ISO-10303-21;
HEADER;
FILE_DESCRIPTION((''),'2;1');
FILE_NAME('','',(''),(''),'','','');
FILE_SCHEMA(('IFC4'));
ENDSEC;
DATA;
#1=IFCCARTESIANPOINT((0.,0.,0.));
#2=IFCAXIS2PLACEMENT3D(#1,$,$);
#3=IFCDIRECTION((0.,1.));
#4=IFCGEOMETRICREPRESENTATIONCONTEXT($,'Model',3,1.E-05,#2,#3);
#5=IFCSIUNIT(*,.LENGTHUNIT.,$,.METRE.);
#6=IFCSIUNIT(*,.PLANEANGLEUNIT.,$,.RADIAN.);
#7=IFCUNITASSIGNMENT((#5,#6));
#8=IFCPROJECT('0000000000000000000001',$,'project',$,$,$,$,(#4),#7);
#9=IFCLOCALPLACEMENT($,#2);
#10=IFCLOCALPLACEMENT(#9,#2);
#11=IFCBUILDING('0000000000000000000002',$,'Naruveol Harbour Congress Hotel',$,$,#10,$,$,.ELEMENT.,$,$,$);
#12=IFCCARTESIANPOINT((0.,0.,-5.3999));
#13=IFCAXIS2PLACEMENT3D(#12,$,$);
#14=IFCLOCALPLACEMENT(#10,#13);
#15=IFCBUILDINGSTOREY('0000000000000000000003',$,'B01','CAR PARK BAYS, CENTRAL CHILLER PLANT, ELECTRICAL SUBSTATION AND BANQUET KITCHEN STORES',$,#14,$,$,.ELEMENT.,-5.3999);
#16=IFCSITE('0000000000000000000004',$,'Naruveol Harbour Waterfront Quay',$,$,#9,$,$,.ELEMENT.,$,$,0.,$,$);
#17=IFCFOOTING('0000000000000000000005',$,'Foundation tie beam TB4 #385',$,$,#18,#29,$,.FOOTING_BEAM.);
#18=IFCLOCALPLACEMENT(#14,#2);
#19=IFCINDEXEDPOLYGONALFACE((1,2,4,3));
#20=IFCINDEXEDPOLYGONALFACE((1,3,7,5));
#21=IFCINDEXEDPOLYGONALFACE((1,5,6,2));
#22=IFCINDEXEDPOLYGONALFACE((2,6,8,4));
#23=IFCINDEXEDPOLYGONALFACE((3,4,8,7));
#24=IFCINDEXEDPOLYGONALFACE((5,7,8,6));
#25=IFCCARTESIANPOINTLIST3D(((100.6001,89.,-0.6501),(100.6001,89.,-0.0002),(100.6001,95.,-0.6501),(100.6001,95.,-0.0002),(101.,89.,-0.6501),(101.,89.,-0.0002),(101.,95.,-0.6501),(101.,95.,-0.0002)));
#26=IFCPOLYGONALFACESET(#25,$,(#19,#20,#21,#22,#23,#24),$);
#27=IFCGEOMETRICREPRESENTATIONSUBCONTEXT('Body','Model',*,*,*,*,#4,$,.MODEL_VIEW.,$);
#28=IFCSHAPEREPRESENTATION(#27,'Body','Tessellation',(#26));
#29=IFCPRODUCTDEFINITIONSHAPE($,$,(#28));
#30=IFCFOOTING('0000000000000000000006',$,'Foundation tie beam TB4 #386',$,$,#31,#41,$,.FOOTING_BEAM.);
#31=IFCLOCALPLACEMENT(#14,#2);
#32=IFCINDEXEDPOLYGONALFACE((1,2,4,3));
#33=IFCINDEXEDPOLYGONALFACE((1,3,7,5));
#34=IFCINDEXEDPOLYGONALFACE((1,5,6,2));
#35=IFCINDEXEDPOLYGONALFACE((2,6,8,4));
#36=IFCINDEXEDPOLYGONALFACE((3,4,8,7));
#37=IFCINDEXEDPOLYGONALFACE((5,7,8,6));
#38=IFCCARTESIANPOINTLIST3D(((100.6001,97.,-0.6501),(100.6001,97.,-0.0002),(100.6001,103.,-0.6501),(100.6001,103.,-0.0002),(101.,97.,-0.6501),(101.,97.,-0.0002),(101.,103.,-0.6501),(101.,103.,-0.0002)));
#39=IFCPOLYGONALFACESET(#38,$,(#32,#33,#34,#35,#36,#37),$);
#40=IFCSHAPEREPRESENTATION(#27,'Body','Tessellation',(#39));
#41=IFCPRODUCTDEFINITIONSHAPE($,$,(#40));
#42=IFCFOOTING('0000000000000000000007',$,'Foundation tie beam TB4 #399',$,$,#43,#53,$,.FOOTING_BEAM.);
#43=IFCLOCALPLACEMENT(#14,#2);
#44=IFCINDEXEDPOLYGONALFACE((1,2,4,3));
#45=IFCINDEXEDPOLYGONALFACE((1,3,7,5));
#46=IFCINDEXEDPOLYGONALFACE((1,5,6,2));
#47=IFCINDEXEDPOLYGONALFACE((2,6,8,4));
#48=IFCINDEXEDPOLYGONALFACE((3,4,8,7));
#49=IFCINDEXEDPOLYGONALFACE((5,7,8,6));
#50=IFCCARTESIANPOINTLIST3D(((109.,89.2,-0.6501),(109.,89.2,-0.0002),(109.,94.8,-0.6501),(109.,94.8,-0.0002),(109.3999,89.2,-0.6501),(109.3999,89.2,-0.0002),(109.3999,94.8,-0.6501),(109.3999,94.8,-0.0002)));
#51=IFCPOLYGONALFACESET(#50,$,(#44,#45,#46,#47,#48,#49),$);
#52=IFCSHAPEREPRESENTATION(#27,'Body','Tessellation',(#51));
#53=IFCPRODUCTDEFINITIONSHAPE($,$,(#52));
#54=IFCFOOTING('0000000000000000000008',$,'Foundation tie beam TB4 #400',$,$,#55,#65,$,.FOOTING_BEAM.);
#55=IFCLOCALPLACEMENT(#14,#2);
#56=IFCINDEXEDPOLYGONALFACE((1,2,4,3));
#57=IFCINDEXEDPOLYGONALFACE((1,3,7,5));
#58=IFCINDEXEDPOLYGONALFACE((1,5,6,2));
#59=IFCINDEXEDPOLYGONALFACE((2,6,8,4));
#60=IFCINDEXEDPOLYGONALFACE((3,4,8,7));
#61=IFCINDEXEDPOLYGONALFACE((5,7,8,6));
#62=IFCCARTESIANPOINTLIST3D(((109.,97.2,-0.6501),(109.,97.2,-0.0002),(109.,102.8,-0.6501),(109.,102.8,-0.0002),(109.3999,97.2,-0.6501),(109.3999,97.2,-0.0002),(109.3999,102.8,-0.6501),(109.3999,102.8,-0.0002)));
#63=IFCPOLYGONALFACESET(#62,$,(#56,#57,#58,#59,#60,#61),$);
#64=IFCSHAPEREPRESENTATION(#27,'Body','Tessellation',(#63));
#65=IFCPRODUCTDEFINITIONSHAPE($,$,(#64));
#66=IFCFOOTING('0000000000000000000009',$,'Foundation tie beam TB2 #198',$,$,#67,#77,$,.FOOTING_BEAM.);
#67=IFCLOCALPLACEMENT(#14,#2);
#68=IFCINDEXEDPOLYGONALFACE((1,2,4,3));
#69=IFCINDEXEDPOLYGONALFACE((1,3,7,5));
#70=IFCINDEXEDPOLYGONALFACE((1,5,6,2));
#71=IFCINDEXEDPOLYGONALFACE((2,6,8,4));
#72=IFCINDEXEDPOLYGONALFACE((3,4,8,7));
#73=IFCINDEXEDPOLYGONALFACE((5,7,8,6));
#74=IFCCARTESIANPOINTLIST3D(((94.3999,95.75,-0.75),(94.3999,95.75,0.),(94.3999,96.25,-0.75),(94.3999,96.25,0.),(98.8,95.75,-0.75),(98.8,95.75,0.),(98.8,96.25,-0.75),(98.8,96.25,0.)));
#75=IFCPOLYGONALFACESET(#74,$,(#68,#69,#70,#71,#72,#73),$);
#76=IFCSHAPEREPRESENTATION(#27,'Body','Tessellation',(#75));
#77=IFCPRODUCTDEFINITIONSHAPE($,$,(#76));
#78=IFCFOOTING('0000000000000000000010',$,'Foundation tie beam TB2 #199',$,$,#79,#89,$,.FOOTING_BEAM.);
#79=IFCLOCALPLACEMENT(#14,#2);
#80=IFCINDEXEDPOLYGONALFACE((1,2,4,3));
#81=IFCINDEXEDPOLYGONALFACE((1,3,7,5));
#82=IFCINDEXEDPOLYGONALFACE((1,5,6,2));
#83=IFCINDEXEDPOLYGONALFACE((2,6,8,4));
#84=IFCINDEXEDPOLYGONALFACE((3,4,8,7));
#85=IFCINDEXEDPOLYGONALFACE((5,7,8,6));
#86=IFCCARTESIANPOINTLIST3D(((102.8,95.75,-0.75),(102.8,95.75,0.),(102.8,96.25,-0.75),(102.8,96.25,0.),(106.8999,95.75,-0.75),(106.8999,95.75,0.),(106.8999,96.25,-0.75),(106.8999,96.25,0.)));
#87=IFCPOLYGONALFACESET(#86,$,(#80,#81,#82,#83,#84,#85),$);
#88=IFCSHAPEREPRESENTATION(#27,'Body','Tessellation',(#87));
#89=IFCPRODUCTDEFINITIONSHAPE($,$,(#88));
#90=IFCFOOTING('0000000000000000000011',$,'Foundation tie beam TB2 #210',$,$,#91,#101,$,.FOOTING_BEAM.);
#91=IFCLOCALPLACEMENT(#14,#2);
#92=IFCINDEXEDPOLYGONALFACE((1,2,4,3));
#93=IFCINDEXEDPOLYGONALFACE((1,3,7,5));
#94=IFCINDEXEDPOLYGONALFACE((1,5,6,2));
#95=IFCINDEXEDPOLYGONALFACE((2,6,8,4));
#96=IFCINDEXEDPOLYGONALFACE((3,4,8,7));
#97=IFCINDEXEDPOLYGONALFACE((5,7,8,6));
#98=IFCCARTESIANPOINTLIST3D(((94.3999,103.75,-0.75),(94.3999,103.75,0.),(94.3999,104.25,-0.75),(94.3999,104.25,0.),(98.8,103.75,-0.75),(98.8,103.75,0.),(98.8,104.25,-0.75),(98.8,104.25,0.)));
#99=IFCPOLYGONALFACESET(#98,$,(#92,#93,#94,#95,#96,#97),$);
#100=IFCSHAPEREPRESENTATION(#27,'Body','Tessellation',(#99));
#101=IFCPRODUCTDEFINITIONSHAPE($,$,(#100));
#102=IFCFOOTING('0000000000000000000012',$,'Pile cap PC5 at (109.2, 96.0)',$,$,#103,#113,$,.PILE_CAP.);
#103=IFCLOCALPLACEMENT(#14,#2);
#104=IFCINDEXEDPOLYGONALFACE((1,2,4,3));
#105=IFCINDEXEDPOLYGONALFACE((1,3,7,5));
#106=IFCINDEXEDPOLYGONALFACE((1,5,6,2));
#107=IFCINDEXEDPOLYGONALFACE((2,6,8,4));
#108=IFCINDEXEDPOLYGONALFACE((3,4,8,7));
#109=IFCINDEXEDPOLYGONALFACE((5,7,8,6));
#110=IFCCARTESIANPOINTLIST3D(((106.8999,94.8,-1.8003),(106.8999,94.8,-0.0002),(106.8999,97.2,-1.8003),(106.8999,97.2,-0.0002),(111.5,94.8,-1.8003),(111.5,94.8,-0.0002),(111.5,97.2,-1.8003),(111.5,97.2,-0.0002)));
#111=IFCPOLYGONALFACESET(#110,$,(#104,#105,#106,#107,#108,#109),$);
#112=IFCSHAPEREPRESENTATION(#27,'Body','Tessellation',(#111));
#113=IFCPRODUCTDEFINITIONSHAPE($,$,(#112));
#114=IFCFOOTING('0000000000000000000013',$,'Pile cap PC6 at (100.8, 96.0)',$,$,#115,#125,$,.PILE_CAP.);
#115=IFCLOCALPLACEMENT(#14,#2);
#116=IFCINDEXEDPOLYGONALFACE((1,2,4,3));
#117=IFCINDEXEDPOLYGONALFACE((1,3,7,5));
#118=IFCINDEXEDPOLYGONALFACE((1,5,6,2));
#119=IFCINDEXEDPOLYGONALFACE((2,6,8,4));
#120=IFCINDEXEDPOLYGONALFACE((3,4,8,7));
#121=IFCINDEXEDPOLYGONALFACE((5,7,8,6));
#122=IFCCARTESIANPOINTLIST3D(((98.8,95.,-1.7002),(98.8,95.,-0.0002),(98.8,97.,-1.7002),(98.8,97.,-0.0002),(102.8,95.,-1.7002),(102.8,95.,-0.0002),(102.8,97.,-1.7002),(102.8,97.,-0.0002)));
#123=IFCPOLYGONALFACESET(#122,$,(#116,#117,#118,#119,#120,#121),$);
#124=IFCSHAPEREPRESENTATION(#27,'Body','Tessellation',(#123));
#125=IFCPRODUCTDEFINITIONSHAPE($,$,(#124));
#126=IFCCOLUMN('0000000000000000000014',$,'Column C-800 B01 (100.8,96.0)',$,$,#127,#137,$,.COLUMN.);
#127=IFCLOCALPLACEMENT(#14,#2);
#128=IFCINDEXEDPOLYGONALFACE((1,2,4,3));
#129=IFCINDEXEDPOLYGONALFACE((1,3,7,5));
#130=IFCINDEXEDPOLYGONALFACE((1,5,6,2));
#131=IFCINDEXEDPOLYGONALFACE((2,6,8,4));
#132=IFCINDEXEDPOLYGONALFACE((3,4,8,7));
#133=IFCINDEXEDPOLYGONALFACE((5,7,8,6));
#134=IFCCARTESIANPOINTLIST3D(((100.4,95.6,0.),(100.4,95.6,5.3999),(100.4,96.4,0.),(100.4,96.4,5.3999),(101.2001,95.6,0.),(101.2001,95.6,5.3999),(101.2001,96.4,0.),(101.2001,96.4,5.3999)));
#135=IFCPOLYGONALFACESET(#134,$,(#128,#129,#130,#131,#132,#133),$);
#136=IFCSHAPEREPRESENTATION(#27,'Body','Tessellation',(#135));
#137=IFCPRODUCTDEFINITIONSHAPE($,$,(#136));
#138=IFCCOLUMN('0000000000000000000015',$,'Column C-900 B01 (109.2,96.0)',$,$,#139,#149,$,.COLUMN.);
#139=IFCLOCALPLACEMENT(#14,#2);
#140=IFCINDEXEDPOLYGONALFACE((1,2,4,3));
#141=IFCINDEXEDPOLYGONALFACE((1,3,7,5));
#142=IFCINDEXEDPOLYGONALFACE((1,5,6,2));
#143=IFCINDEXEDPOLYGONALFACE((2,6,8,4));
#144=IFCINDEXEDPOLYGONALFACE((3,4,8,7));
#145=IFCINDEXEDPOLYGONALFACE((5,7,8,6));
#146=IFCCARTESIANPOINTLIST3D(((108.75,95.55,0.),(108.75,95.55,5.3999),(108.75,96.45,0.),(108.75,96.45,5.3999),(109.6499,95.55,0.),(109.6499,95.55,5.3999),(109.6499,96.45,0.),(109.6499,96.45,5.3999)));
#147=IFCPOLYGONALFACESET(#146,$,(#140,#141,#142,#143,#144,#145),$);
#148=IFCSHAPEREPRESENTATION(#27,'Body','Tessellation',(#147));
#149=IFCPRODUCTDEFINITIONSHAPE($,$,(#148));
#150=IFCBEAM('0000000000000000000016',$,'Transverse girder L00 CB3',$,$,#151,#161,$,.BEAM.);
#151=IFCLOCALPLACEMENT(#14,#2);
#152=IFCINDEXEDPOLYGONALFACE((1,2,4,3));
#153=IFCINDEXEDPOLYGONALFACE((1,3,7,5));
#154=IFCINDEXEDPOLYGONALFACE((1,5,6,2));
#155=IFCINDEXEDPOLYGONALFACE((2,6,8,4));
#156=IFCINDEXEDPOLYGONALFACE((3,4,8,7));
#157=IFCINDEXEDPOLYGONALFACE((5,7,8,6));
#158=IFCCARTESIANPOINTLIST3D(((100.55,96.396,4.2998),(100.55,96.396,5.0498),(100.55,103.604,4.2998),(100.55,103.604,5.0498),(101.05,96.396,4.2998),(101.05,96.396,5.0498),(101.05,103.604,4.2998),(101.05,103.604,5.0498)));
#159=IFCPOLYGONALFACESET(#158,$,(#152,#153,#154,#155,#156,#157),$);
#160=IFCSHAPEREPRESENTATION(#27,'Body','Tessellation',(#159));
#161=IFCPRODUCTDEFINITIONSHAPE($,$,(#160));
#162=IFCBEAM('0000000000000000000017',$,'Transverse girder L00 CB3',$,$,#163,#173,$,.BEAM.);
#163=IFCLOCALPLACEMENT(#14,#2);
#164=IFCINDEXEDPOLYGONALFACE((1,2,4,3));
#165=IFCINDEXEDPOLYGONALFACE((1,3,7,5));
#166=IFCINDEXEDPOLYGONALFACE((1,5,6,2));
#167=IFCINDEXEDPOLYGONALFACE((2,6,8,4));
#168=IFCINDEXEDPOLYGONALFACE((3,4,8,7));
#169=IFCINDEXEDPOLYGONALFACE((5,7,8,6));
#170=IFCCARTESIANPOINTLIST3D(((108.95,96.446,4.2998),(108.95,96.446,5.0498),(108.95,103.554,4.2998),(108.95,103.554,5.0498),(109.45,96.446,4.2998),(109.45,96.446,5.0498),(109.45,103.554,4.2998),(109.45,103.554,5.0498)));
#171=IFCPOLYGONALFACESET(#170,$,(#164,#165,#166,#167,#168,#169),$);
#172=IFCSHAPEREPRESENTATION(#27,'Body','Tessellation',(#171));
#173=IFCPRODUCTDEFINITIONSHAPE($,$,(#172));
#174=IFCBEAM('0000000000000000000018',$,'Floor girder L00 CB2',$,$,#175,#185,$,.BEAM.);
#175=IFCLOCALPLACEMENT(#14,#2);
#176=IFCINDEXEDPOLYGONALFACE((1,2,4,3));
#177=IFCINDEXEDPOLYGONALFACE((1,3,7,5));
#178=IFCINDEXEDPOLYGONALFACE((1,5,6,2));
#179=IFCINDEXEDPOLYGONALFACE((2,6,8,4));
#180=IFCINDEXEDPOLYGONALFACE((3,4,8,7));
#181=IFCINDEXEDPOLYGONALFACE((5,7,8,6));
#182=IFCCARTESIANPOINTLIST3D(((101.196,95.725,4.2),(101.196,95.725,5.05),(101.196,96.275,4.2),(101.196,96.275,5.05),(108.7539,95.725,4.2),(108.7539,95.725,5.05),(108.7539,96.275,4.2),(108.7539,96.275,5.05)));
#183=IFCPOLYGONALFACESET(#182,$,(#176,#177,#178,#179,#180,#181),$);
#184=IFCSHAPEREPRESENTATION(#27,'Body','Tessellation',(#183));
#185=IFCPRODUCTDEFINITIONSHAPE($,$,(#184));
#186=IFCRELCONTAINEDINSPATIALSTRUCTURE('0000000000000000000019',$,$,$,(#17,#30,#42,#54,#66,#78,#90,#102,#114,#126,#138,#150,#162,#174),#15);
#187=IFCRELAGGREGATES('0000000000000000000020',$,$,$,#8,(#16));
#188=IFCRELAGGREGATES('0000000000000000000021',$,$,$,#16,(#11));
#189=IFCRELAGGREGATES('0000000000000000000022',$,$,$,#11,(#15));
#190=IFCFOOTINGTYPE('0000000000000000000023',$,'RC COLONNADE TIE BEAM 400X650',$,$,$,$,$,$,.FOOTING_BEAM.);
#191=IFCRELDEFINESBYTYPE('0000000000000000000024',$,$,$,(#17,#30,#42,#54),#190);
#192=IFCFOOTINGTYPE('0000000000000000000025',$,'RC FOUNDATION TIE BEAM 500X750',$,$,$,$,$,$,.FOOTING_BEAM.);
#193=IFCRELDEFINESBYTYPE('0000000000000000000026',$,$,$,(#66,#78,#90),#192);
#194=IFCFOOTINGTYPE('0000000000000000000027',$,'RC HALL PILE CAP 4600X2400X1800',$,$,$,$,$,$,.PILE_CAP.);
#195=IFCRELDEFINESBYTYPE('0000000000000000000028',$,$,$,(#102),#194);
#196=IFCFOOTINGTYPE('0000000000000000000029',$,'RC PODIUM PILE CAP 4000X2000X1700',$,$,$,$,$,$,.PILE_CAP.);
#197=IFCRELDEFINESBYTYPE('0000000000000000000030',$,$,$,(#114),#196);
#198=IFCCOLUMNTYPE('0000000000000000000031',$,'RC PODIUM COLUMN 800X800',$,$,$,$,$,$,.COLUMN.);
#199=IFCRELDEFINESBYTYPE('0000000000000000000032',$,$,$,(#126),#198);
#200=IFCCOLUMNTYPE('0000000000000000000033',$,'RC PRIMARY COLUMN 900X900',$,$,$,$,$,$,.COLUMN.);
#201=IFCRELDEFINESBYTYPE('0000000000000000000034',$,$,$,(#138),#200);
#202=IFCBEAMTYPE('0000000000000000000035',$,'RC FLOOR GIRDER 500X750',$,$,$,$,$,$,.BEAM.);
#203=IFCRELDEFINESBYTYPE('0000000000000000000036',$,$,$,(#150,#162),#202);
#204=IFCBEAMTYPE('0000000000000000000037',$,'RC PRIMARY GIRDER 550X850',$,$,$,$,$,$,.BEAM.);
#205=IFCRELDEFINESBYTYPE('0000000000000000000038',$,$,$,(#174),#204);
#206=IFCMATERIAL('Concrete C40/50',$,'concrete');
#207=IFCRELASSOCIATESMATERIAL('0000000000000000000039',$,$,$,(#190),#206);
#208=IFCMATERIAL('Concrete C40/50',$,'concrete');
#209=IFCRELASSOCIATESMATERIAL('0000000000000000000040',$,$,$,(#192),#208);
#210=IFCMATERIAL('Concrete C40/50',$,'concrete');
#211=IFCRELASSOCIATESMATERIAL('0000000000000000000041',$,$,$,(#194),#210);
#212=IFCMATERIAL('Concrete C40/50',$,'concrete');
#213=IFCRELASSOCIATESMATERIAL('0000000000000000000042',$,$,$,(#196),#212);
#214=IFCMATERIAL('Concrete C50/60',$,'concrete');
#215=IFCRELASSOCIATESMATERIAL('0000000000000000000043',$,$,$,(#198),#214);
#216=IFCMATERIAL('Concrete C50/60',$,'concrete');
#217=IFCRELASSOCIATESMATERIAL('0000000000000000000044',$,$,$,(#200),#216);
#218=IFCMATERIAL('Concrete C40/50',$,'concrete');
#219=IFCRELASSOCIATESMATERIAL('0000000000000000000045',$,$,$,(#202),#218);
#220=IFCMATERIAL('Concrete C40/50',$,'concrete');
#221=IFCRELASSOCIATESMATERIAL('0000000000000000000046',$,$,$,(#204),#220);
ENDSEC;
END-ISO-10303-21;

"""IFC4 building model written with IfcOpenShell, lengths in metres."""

from ifc_helpers import new_model, si_unit, direction, frame, origin, origin_2d, place, context, subcontext, project, spatial, rectangle, extrude, material, material_profile, profile_set, type_object, element, save


model = new_model("IFC4")

# Units and contexts
model_context = context("Model", 3, precision=1e-05, world=origin(), true_north=direction((0.0, 1.0)))
body_context = subcontext(model_context, "Body", "Model", "MODEL_VIEW")
ifc_project = project(units=[si_unit("LENGTHUNIT", "METRE"), si_unit("PLANEANGLEUNIT", "RADIAN")], contexts=[model_context])

# Site, building, storey
site_placement = place(None, origin())
site = spatial("IfcSite", under=ifc_project, at=site_placement, Name="Naruveol Harbour Waterfront Quay", CompositionType="ELEMENT", RefElevation=0.0)
building_placement = place(site_placement, origin())
building = spatial("IfcBuilding", under=site, at=building_placement, Name="Naruveol Harbour Congress Hotel", CompositionType="ELEMENT")
storey_placement = place(building_placement, frame((0.0, 0.0, -5.3999)))
storey = spatial("IfcBuildingStorey", under=building, at=storey_placement, Name="B01", Description="CAR PARK BAYS, CENTRAL CHILLER PLANT, ELECTRICAL SUBSTATION AND BANQUET KITCHEN STORES", CompositionType="ELEMENT", Elevation=-5.3999)

# Footings
ifc_material_1 = material(Name="Concrete C40/50", Category="concrete")
ifc_material_profile_1 = material_profile(ifc_material_1, rectangle(XDim=0.3999, YDim=0.6499, at=origin_2d()), Name="RCB-400x650")
ifc_profile_set_1 = profile_set([ifc_material_profile_1], Name="Concrete C40/50")
footing_type_1 = type_object("IfcFootingType", Name="RC COLONNADE TIE BEAM 400X650", PredefinedType="FOOTING_BEAM", material=ifc_profile_set_1)
for number, where, z_axis, x_axis, name in (
    (1, (100.8, 89.0, -0.3252), (0.0, 1.0, 0.0), (-1.0, 0.0, 0.0), "Foundation tie beam TB4 #385"),
    (2, (100.8, 97.0, -0.3252), (0.0, 1.0, 0.0), (-1.0, 0.0, 0.0), "Foundation tie beam TB4 #386"),
):
    element("IfcFooting", number, at=place(storey_placement, frame(where, z_axis=z_axis, x_axis=x_axis)), inside=storey, type_object=footing_type_1, Name=name, PredefinedType="FOOTING_BEAM", context=body_context, shape_type="SweptSolid", body=[
        extrude(rectangle(XDim=0.3999, YDim=0.6499, at=origin_2d()), origin(), (0.0, 0.0, 1.0), 6.0),
    ])
for number, where, z_axis, x_axis, name in (
    (3, (109.2, 89.2, -0.3252), (0.0, 1.0, 0.0), (-1.0, 0.0, 0.0), "Foundation tie beam TB4 #399"),
    (4, (109.2, 97.2, -0.3252), (0.0, 1.0, 0.0), (-1.0, 0.0, 0.0), "Foundation tie beam TB4 #400"),
):
    element("IfcFooting", number, at=place(storey_placement, frame(where, z_axis=z_axis, x_axis=x_axis)), inside=storey, type_object=footing_type_1, Name=name, PredefinedType="FOOTING_BEAM", context=body_context, shape_type="SweptSolid", body=[
        extrude(rectangle(XDim=0.3999, YDim=0.6499, at=origin_2d()), origin(), (0.0, 0.0, 1.0), 5.6001),
    ])
ifc_material_2 = material(Name="Concrete C40/50", Category="concrete")
ifc_material_profile_2 = material_profile(ifc_material_2, rectangle(XDim=0.5, YDim=0.75, at=origin_2d()), Name="RCB-500x750")
ifc_profile_set_2 = profile_set([ifc_material_profile_2], Name="Concrete C40/50")
footing_type_2 = type_object("IfcFootingType", Name="RC FOUNDATION TIE BEAM 500X750", PredefinedType="FOOTING_BEAM", material=ifc_profile_set_2)
footing_1_placement = place(storey_placement, frame((94.3999, 96.0, -0.375), z_axis=(1.0, 0.0, 0.0), x_axis=(0.0, 1.0, 0.0)))
element("IfcFooting", 5, at=footing_1_placement, inside=storey, type_object=footing_type_2, Name="Foundation tie beam TB2 #198", PredefinedType="FOOTING_BEAM", context=body_context, shape_type="SweptSolid", body=[
    extrude(rectangle(XDim=0.5, YDim=0.75, at=origin_2d()), origin(), (0.0, 0.0, 1.0), 4.4001),
])
footing_2_placement = place(storey_placement, frame((102.8, 96.0, -0.375), z_axis=(1.0, 0.0, 0.0), x_axis=(0.0, 1.0, 0.0)))
element("IfcFooting", 6, at=footing_2_placement, inside=storey, type_object=footing_type_2, Name="Foundation tie beam TB2 #199", PredefinedType="FOOTING_BEAM", context=body_context, shape_type="SweptSolid", body=[
    extrude(rectangle(XDim=0.5, YDim=0.75, at=origin_2d()), origin(), (0.0, 0.0, 1.0), 4.0999),
])
footing_3_placement = place(storey_placement, frame((94.3999, 104.0, -0.375), z_axis=(1.0, 0.0, 0.0), x_axis=(0.0, 1.0, 0.0)))
element("IfcFooting", 7, at=footing_3_placement, inside=storey, type_object=footing_type_2, Name="Foundation tie beam TB2 #210", PredefinedType="FOOTING_BEAM", context=body_context, shape_type="SweptSolid", body=[
    extrude(rectangle(XDim=0.5, YDim=0.75, at=origin_2d()), origin(), (0.0, 0.0, 1.0), 4.4001),
])
ifc_material_3 = material(Name="Concrete C40/50", Category="concrete")
footing_type_3 = type_object("IfcFootingType", Name="RC HALL PILE CAP 4600X2400X1800", PredefinedType="PILE_CAP", material=ifc_material_3)
footing_4_placement = place(storey_placement, frame((109.2, 96.0, -1.8003), z_axis=(0.0, 0.0, 1.0), x_axis=(1.0, 0.0, 0.0)))
element("IfcFooting", 8, at=footing_4_placement, inside=storey, type_object=footing_type_3, Name="Pile cap PC5 at (109.2, 96.0)", PredefinedType="PILE_CAP", context=body_context, shape_type="SweptSolid", body=[
    extrude(rectangle(XDim=4.6001, YDim=2.3999, at=origin_2d()), origin(), (0.0, 0.0, 1.0), 1.8),
])
ifc_material_4 = material(Name="Concrete C40/50", Category="concrete")
footing_type_4 = type_object("IfcFootingType", Name="RC PODIUM PILE CAP 4000X2000X1700", PredefinedType="PILE_CAP", material=ifc_material_4)
footing_5_placement = place(storey_placement, frame((100.8, 96.0, -1.7002), z_axis=(0.0, 0.0, 1.0), x_axis=(1.0, 0.0, 0.0)))
element("IfcFooting", 9, at=footing_5_placement, inside=storey, type_object=footing_type_4, Name="Pile cap PC6 at (100.8, 96.0)", PredefinedType="PILE_CAP", context=body_context, shape_type="SweptSolid", body=[
    extrude(rectangle(XDim=4.0, YDim=2.0, at=origin_2d()), origin(), (0.0, 0.0, 1.0), 1.7),
])

# Columns
ifc_material_5 = material(Name="Concrete C50/60", Category="concrete")
ifc_material_profile_3 = material_profile(ifc_material_5, rectangle(XDim=0.8, YDim=0.8, at=origin_2d()), Name="RC-800x800")
ifc_profile_set_3 = profile_set([ifc_material_profile_3], Name="Concrete C50/60")
column_type_1 = type_object("IfcColumnType", Name="RC PODIUM COLUMN 800X800", PredefinedType="COLUMN", material=ifc_profile_set_3)
column_1_placement = place(storey_placement, frame((100.8, 96.0, 0.0), z_axis=(0.0, 0.0, 1.0), x_axis=(1.0, 0.0, 0.0)))
element("IfcColumn", 10, at=column_1_placement, inside=storey, type_object=column_type_1, Name="Column C-800 B01 (100.8,96.0)", PredefinedType="COLUMN", context=body_context, shape_type="SweptSolid", body=[
    extrude(rectangle(XDim=0.8, YDim=0.8, at=origin_2d()), origin(), (0.0, 0.0, 1.0), 5.3999),
])
ifc_material_6 = material(Name="Concrete C50/60", Category="concrete")
ifc_material_profile_4 = material_profile(ifc_material_6, rectangle(XDim=0.8999, YDim=0.8999, at=origin_2d()), Name="RC-900x900")
ifc_profile_set_4 = profile_set([ifc_material_profile_4], Name="Concrete C50/60")
column_type_2 = type_object("IfcColumnType", Name="RC PRIMARY COLUMN 900X900", PredefinedType="COLUMN", material=ifc_profile_set_4)
column_2_placement = place(storey_placement, frame((109.2, 96.0, 0.0), z_axis=(0.0, 0.0, 1.0), x_axis=(1.0, 0.0, 0.0)))
element("IfcColumn", 11, at=column_2_placement, inside=storey, type_object=column_type_2, Name="Column C-900 B01 (109.2,96.0)", PredefinedType="COLUMN", context=body_context, shape_type="SweptSolid", body=[
    extrude(rectangle(XDim=0.8999, YDim=0.8999, at=origin_2d()), origin(), (0.0, 0.0, 1.0), 5.3999),
])

# Beams
ifc_material_7 = material(Name="Concrete C40/50", Category="concrete")
ifc_material_profile_5 = material_profile(ifc_material_7, rectangle(XDim=0.5, YDim=0.75, at=origin_2d()), Name="RCB-500x750")
ifc_profile_set_5 = profile_set([ifc_material_profile_5], Name="Concrete C40/50")
beam_type_1 = type_object("IfcBeamType", Name="RC FLOOR GIRDER 500X750", PredefinedType="BEAM", material=ifc_profile_set_5)
beam_1_placement = place(storey_placement, frame((100.8, 96.396, 4.6748), z_axis=(0.0, 1.0, 0.0), x_axis=(-1.0, 0.0, 0.0)))
element("IfcBeam", 12, at=beam_1_placement, inside=storey, type_object=beam_type_1, Name="Transverse girder L00 CB3", PredefinedType="BEAM", context=body_context, shape_type="SweptSolid", body=[
    extrude(rectangle(XDim=0.5, YDim=0.75, at=origin_2d()), origin(), (0.0, 0.0, 1.0), 7.208),
])
beam_2_placement = place(storey_placement, frame((109.2, 96.446, 4.6748), z_axis=(0.0, 1.0, 0.0), x_axis=(-1.0, 0.0, 0.0)))
element("IfcBeam", 13, at=beam_2_placement, inside=storey, type_object=beam_type_1, Name="Transverse girder L00 CB3", PredefinedType="BEAM", context=body_context, shape_type="SweptSolid", body=[
    extrude(rectangle(XDim=0.5, YDim=0.75, at=origin_2d()), origin(), (0.0, 0.0, 1.0), 7.1079),
])
ifc_material_8 = material(Name="Concrete C40/50", Category="concrete")
ifc_material_profile_6 = material_profile(ifc_material_8, rectangle(XDim=0.55, YDim=0.8501, at=origin_2d()), Name="RCB-550x850")
ifc_profile_set_6 = profile_set([ifc_material_profile_6], Name="Concrete C40/50")
beam_type_2 = type_object("IfcBeamType", Name="RC PRIMARY GIRDER 550X850", PredefinedType="BEAM", material=ifc_profile_set_6)
beam_3_placement = place(storey_placement, frame((101.196, 96.0, 4.625), z_axis=(1.0, 0.0, 0.0), x_axis=(0.0, 1.0, 0.0)))
element("IfcBeam", 14, at=beam_3_placement, inside=storey, type_object=beam_type_2, Name="Floor girder L00 CB2", PredefinedType="BEAM", context=body_context, shape_type="SweptSolid", body=[
    extrude(rectangle(XDim=0.55, YDim=0.8501, at=origin_2d()), origin(), (0.0, 0.0, 1.0), 7.5579),
])

save(model, "model.ifc")
